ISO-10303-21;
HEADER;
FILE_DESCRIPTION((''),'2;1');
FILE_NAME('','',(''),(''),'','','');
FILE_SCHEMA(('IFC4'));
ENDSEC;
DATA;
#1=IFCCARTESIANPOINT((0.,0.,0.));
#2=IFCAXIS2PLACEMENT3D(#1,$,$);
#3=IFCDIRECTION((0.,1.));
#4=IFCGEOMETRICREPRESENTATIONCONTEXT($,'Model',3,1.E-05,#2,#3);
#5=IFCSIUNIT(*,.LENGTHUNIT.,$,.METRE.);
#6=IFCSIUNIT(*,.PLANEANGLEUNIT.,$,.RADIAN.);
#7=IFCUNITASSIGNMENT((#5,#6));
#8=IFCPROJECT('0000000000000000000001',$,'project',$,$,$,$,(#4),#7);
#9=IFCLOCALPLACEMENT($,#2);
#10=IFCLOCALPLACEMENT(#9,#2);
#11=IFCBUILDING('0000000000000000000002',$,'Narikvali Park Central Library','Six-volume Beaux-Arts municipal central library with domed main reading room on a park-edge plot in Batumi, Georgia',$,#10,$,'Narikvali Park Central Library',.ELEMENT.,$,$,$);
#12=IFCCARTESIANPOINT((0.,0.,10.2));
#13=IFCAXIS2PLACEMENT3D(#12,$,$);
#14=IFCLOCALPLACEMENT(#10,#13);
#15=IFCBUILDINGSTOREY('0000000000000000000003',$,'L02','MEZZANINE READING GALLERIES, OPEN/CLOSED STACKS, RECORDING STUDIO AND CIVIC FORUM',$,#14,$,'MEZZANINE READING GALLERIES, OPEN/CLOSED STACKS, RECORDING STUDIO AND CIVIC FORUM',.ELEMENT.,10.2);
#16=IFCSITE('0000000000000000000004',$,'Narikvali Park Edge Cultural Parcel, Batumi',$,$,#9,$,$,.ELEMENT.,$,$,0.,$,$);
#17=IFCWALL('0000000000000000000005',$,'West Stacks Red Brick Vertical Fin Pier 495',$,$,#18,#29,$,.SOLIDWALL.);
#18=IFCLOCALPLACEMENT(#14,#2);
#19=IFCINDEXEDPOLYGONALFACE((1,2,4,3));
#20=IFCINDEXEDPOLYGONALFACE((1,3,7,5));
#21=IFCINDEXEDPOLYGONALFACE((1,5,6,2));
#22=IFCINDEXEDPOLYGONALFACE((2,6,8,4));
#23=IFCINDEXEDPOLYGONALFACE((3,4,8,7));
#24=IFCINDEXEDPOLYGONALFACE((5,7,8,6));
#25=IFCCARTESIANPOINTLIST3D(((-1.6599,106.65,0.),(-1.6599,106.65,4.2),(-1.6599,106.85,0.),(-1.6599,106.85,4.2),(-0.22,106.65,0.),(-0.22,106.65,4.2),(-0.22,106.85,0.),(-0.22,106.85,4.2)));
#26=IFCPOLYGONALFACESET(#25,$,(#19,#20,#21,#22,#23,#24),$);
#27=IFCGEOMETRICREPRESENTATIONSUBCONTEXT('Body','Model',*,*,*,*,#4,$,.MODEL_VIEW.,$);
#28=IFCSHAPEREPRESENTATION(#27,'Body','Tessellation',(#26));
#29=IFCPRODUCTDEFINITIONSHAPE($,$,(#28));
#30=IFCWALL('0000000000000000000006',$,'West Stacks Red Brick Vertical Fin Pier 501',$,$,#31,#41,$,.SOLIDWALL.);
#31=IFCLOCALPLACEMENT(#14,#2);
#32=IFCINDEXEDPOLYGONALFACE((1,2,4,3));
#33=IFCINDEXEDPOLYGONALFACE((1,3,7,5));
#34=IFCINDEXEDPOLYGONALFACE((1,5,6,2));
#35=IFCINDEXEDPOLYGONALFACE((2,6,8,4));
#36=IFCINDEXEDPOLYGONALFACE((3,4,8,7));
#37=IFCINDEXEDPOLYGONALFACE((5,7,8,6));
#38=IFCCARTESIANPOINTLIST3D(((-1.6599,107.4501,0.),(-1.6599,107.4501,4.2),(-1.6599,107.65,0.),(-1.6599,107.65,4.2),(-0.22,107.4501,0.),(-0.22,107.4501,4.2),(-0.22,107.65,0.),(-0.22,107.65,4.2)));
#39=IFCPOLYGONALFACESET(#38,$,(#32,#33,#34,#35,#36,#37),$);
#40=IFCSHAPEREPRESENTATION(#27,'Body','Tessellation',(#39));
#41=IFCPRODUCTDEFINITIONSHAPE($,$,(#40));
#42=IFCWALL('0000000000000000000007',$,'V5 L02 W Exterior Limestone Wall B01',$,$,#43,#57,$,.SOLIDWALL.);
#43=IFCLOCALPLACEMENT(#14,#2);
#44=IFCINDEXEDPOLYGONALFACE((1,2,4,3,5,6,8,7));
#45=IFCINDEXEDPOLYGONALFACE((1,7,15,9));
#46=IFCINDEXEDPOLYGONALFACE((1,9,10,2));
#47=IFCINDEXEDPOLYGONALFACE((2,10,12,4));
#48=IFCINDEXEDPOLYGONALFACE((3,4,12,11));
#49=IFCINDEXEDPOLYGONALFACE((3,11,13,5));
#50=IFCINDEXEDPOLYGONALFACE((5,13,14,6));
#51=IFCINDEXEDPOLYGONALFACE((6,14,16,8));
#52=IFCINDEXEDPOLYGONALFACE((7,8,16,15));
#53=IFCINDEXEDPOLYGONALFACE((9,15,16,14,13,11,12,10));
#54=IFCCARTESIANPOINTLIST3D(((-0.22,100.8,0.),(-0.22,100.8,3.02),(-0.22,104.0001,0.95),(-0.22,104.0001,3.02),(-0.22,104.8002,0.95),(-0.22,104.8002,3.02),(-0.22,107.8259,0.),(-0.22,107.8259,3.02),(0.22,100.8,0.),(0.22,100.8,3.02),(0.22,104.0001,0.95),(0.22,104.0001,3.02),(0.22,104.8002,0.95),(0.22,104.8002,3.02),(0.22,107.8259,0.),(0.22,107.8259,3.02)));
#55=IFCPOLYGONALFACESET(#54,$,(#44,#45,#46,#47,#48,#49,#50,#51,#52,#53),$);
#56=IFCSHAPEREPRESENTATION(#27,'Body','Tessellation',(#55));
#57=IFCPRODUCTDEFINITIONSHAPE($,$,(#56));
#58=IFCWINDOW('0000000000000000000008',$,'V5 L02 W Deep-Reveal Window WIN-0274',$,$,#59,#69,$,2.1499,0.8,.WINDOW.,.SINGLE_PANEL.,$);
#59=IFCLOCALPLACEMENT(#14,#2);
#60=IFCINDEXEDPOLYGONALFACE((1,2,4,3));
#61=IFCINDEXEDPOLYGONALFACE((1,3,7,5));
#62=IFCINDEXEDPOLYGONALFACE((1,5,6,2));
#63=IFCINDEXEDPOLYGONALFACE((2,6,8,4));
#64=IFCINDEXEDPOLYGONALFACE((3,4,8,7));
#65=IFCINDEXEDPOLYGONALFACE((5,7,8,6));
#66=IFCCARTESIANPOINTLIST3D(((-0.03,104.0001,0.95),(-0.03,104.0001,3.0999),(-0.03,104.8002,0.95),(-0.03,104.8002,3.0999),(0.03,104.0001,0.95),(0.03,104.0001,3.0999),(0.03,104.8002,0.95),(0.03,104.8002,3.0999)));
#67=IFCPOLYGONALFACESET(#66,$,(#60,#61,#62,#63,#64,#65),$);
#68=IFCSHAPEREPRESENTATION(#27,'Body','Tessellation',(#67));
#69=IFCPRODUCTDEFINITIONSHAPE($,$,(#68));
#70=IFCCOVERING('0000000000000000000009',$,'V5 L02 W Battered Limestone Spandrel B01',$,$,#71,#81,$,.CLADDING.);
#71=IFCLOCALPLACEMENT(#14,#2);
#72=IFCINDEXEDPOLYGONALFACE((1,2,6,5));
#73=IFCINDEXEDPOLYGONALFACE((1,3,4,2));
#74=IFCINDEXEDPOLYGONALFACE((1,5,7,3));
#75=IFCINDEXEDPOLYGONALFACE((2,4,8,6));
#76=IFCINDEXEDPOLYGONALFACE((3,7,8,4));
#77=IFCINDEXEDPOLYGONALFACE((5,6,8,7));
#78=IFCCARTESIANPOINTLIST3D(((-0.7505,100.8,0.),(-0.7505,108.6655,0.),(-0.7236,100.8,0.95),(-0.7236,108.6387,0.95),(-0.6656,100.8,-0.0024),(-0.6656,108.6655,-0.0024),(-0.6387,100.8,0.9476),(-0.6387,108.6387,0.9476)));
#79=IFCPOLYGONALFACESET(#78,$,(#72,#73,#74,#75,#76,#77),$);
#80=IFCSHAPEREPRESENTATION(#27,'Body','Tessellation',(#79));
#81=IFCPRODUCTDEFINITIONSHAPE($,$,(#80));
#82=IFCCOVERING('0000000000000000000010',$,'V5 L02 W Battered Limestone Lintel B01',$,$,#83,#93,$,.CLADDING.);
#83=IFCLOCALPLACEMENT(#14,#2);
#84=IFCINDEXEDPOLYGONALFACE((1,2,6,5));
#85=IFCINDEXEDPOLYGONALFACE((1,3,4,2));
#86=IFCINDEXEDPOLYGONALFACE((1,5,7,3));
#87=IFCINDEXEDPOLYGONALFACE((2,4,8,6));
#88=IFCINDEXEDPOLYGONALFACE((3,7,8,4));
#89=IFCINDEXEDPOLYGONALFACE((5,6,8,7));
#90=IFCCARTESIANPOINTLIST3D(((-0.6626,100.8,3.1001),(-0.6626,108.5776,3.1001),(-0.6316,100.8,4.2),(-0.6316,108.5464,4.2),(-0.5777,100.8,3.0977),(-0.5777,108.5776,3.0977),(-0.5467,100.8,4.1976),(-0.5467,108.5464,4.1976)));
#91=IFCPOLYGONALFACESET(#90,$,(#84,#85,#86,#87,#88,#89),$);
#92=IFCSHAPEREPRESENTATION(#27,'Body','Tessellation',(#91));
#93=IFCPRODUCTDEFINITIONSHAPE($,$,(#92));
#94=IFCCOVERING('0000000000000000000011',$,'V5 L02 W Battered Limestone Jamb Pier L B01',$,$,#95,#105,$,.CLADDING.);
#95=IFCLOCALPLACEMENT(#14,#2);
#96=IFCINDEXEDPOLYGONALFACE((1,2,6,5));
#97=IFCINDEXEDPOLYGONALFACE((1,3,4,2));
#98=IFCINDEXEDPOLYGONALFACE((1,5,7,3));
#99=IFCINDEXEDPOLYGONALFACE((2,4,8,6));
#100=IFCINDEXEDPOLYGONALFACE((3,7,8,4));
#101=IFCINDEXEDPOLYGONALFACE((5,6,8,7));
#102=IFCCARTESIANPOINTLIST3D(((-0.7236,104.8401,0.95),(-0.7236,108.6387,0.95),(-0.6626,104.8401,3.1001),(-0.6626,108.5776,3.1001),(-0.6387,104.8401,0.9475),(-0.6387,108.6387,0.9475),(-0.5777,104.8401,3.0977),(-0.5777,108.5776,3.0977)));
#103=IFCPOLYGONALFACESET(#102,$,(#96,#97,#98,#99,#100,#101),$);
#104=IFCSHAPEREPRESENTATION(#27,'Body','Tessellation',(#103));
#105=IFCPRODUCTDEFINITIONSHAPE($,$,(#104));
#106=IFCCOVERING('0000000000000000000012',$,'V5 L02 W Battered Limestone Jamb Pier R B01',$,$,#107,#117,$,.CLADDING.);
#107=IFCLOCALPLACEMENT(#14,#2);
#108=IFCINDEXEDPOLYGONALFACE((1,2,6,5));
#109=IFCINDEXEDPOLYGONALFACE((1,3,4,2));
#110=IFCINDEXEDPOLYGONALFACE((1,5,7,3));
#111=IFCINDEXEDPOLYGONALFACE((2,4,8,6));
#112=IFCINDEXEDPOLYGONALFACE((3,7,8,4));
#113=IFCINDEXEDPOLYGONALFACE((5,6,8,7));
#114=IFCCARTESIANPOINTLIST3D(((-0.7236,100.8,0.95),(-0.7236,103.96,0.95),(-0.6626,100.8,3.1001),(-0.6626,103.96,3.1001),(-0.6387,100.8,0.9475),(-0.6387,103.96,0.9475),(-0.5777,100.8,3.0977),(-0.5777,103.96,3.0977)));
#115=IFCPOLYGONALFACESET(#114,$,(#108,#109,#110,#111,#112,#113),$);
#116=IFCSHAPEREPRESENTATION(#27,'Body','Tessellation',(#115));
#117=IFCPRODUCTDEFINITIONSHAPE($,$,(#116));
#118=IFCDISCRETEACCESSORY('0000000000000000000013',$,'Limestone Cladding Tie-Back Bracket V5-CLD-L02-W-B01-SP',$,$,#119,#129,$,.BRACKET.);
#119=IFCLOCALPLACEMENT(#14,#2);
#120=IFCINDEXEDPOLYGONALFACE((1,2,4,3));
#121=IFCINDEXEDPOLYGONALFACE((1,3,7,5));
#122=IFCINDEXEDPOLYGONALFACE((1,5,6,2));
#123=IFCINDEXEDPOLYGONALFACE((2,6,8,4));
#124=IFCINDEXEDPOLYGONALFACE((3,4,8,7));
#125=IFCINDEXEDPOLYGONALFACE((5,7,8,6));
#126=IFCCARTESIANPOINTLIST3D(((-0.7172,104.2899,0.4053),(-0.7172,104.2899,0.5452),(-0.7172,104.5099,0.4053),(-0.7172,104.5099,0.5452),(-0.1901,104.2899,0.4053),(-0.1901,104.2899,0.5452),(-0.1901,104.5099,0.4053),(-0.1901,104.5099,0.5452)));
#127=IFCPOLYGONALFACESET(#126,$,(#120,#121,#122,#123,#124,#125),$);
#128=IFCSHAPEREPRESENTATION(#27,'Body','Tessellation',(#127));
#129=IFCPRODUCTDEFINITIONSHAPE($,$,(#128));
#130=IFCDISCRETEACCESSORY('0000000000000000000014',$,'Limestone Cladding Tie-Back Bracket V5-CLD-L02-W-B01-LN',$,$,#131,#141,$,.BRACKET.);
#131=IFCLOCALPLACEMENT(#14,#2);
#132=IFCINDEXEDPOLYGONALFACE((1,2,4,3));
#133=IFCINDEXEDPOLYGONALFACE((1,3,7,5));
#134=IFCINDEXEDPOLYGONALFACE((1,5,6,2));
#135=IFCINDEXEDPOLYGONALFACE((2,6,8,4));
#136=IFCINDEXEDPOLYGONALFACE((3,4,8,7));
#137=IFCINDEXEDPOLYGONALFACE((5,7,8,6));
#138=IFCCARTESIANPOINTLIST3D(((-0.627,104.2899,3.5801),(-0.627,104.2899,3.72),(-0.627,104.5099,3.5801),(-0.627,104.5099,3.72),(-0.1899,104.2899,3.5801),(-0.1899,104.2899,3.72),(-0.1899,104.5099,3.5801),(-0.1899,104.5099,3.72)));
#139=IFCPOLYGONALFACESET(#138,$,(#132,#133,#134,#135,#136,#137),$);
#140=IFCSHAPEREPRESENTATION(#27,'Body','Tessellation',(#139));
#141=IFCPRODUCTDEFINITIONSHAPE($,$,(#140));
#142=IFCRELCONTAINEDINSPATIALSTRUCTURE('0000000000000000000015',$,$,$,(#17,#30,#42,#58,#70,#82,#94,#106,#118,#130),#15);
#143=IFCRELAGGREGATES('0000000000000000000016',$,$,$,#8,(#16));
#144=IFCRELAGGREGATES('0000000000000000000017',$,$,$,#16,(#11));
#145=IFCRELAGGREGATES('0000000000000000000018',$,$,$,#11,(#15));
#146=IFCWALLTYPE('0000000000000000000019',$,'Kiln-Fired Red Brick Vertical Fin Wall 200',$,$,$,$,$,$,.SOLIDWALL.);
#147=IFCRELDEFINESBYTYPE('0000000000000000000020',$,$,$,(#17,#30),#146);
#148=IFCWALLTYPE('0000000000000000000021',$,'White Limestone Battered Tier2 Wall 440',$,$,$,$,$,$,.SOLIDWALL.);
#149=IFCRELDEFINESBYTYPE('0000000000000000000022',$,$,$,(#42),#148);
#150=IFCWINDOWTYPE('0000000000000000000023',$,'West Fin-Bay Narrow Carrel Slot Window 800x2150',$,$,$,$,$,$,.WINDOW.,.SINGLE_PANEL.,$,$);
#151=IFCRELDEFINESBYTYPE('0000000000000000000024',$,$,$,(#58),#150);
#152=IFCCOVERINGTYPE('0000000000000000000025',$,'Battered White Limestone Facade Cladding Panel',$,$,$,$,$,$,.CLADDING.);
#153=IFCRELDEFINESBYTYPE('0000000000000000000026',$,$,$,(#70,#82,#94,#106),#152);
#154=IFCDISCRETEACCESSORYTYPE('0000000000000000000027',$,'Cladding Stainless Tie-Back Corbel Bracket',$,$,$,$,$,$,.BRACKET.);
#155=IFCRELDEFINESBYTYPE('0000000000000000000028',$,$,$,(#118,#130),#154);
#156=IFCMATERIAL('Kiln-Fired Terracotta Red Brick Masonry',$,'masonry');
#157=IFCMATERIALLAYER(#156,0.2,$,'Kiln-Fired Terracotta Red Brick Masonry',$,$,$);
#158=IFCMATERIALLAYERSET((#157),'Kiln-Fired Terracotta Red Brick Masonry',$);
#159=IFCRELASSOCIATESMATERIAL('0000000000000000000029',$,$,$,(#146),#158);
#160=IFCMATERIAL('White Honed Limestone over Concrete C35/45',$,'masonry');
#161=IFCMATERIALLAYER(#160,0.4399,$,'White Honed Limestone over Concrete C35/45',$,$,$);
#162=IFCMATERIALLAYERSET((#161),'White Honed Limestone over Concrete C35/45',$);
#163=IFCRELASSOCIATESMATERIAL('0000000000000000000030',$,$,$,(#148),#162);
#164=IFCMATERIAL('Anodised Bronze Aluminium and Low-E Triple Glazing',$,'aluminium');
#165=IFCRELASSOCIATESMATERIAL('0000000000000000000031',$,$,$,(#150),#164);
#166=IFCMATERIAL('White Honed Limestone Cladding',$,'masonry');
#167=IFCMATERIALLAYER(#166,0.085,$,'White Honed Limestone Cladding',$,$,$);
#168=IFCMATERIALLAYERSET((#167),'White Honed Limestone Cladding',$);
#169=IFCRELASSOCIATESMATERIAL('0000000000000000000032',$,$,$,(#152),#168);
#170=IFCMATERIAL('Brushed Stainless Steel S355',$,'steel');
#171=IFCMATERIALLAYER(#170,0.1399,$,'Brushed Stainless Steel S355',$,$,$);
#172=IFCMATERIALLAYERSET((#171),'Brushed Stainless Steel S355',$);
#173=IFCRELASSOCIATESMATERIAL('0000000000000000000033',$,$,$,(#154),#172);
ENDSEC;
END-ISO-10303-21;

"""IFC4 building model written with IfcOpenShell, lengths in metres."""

from ifc_helpers import new_model, si_unit, direction, frame, frame_2d, origin, origin_2d, place, context, subcontext, project, spatial, polyline, rectangle, outline, extrude, material, layer, layer_set, type_object, element, fill, save


model = new_model("IFC4")

# Units and contexts
model_context = context("Model", 3, precision=1e-05, world=origin(), true_north=direction((0.0, 1.0)))
body_context = subcontext(model_context, "Body", "Model", "MODEL_VIEW")
ifc_project = project(units=[si_unit("LENGTHUNIT", "METRE"), si_unit("PLANEANGLEUNIT", "RADIAN")], contexts=[model_context])

# Site, building, storey
site_placement = place(None, origin())
site = spatial("IfcSite", under=ifc_project, at=site_placement, Name="Narikvali Park Edge Cultural Parcel, Batumi", CompositionType="ELEMENT", RefElevation=0.0)
building_placement = place(site_placement, origin())
building = spatial("IfcBuilding", under=site, at=building_placement, Name="Narikvali Park Central Library", Description="Six-volume Beaux-Arts municipal central library with domed main reading room on a park-edge plot in Batumi, Georgia", LongName="Narikvali Park Central Library", CompositionType="ELEMENT")
storey_placement = place(building_placement, frame((0.0, 0.0, 10.2)))
storey = spatial("IfcBuildingStorey", under=building, at=storey_placement, Name="L02", Description="MEZZANINE READING GALLERIES, OPEN/CLOSED STACKS, RECORDING STUDIO AND CIVIC FORUM", LongName="MEZZANINE READING GALLERIES, OPEN/CLOSED STACKS, RECORDING STUDIO AND CIVIC FORUM", CompositionType="ELEMENT", Elevation=10.2)

# Walls
ifc_material_1 = material(Name="Kiln-Fired Terracotta Red Brick Masonry", Category="masonry")
ifc_layer_1 = layer(ifc_material_1, 0.2, Name="Kiln-Fired Terracotta Red Brick Masonry")
ifc_layer_set_1 = layer_set([ifc_layer_1], Name="Kiln-Fired Terracotta Red Brick Masonry")
wall_type_1 = type_object("IfcWallType", Name="Kiln-Fired Red Brick Vertical Fin Wall 200", PredefinedType="SOLIDWALL", material=ifc_layer_set_1)
for number, where, z_axis, x_axis, name in (
    (1, (-1.6599, 106.75, 0.0), (0.0, 0.0, 1.0), (1.0, 0.0, 0.0), "West Stacks Red Brick Vertical Fin Pier 495"),
    (2, (-1.6599, 107.55, 0.0), (0.0, 0.0, 1.0), (1.0, 0.0, 0.0), "West Stacks Red Brick Vertical Fin Pier 501"),
):
    element("IfcWall", number, at=place(storey_placement, frame(where, z_axis=z_axis, x_axis=x_axis)), inside=storey, type_object=wall_type_1, Name=name, PredefinedType="SOLIDWALL", context=body_context, shape_type="SweptSolid", body=[
        extrude(rectangle(XDim=1.4399, YDim=0.2, at=frame_2d((0.72, 0.0))), origin(), (0.0, 0.0, 1.0), 4.2),
    ])

# Wall, opening, window
ifc_material_2 = material(Name="White Honed Limestone over Concrete C35/45", Category="masonry")
ifc_layer_2 = layer(ifc_material_2, 0.4399, Name="White Honed Limestone over Concrete C35/45")
ifc_layer_set_2 = layer_set([ifc_layer_2], Name="White Honed Limestone over Concrete C35/45")
wall_type_2 = type_object("IfcWallType", Name="White Limestone Battered Tier2 Wall 440", PredefinedType="SOLIDWALL", material=ifc_layer_set_2)
wall_placement = place(storey_placement, frame((0.0, 107.8259, 0.0), z_axis=(0.0, 0.0, 1.0), x_axis=(0.0, -1.0, 0.0)))
wall = element("IfcWall", 3, at=wall_placement, inside=storey, type_object=wall_type_2, Name="V5 L02 W Exterior Limestone Wall B01", PredefinedType="SOLIDWALL", context=body_context, shape_type="SweptSolid", body=[
    extrude(rectangle(XDim=7.0259, YDim=0.4399, at=frame_2d((3.5129, 0.0))), origin(), (0.0, 0.0, 1.0), 3.02),
])
opening_placement = place(wall_placement, frame((3.0259, 0.0, 0.95)))
opening = element("IfcOpeningElement", 4, at=opening_placement, cuts=wall, PredefinedType="OPENING", context=body_context, shape_type="SweptSolid", body=[
    extrude(rectangle(XDim=0.8, YDim=2.1499, at=frame_2d((0.3999, 1.075))), frame((0.0, 0.2319, 0.0), z_axis=(0.0, -1.0, 0.0), x_axis=(1.0, 0.0, 0.0)), (0.0, 0.0, 1.0), 0.4639),
])
ifc_material_3 = material(Name="Anodised Bronze Aluminium and Low-E Triple Glazing", Category="aluminium")
window_type = type_object("IfcWindowType", Name="West Fin-Bay Narrow Carrel Slot Window 800x2150", PartitioningType="SINGLE_PANEL", PredefinedType="WINDOW", material=ifc_material_3)
window_placement = place(opening_placement, origin())
window = element("IfcWindow", 5, at=window_placement, inside=storey, type_object=window_type, Name="V5 L02 W Deep-Reveal Window WIN-0274", OverallHeight=2.1499, OverallWidth=0.8, PartitioningType="SINGLE_PANEL", PredefinedType="WINDOW", context=body_context, shape_type="SweptSolid", body=[
    extrude(rectangle(XDim=0.8, YDim=2.1499, at=frame_2d((0.3999, 1.075))), frame((0.0, 0.03, 0.0), z_axis=(0.0, -1.0, 0.0), x_axis=(1.0, 0.0, 0.0)), (0.0, 0.0, 1.0), 0.0601),
])
fill(opening, window)

# Coverings
ifc_material_4 = material(Name="White Honed Limestone Cladding", Category="masonry")
ifc_layer_3 = layer(ifc_material_4, 0.085, Name="White Honed Limestone Cladding")
ifc_layer_set_3 = layer_set([ifc_layer_3], Name="White Honed Limestone Cladding")
covering_type = type_object("IfcCoveringType", Name="Battered White Limestone Facade Cladding Panel", PredefinedType="CLADDING", material=ifc_layer_set_3)
covering_1_placement = place(storey_placement, frame((-0.7505, 108.6655, 0.0), z_axis=(-0.999601, 0.0, 0.028259), x_axis=(0.0, -1.0, 0.0)))
element("IfcCovering", 6, at=covering_1_placement, inside=storey, type_object=covering_type, Name="V5 L02 W Battered Limestone Spandrel B01", PredefinedType="CLADDING", context=body_context, shape_type="SweptSolid", body=[
    extrude(outline(polyline([(0.0, 0.0), (7.8655, 0.0), (7.8655, 0.9503), (0.0269, 0.9503), (0.0, 0.0)])), origin(), (0.0, 0.0, -1.0), 0.085),
])
covering_2_placement = place(storey_placement, frame((-0.6626, 108.5776, 3.1001), z_axis=(-0.999603, 0.0, 0.02818), x_axis=(0.0, -1.0, 0.0)))
element("IfcCovering", 7, at=covering_2_placement, inside=storey, type_object=covering_type, Name="V5 L02 W Battered Limestone Lintel B01", PredefinedType="CLADDING", context=body_context, shape_type="SweptSolid", body=[
    extrude(outline(polyline([(0.0, 0.0), (7.7776, 0.0), (7.7776, 1.1003), (0.0312, 1.1003), (0.0, 0.0)])), origin(), (0.0, 0.0, -1.0), 0.085),
])
covering_3_placement = place(storey_placement, frame((-0.7236, 108.6387, 0.95), z_axis=(-0.999597, 0.0, 0.028375), x_axis=(0.0, -1.0, 0.0)))
element("IfcCovering", 8, at=covering_3_placement, inside=storey, type_object=covering_type, Name="V5 L02 W Battered Limestone Jamb Pier L B01", PredefinedType="CLADDING", context=body_context, shape_type="SweptSolid", body=[
    extrude(outline(polyline([(0.0, 0.0), (3.7986, 0.0), (3.7986, 2.151), (0.061, 2.151), (0.0, 0.0)])), origin(), (0.0, 0.0, -1.0), 0.085),
])
covering_4_placement = place(storey_placement, frame((-0.7236, 103.96, 0.95), z_axis=(-0.999597, 0.0, 0.028375), x_axis=(0.0, -1.0, 0.0)))
element("IfcCovering", 9, at=covering_4_placement, inside=storey, type_object=covering_type, Name="V5 L02 W Battered Limestone Jamb Pier R B01", PredefinedType="CLADDING", context=body_context, shape_type="SweptSolid", body=[
    extrude(outline(polyline([(0.0, 0.0), (3.1599, 0.0), (3.1599, 2.151), (0.0, 2.151), (0.0, 0.0)])), origin(), (0.0, 0.0, -1.0), 0.085),
])

# Discrete accessories
ifc_material_5 = material(Name="Brushed Stainless Steel S355", Category="steel")
ifc_layer_4 = layer(ifc_material_5, 0.1399, Name="Brushed Stainless Steel S355")
ifc_layer_set_4 = layer_set([ifc_layer_4], Name="Brushed Stainless Steel S355")
discrete_accessory_type = type_object("IfcDiscreteAccessoryType", Name="Cladding Stainless Tie-Back Corbel Bracket", PredefinedType="BRACKET", material=ifc_layer_set_4)
discrete_accessory_1_placement = place(storey_placement, frame((-0.4536, 104.3999, 0.4053), z_axis=(0.0, 0.0, 1.0), x_axis=(1.0, 0.0, 0.0)))
element("IfcDiscreteAccessory", 10, at=discrete_accessory_1_placement, inside=storey, type_object=discrete_accessory_type, Name="Limestone Cladding Tie-Back Bracket V5-CLD-L02-W-B01-SP", PredefinedType="BRACKET", context=body_context, shape_type="SweptSolid", body=[
    extrude(rectangle(XDim=0.5271, YDim=0.22, at=origin_2d()), origin(), (0.0, 0.0, 1.0), 0.1399),
])
discrete_accessory_2_placement = place(storey_placement, frame((-0.4084, 104.3999, 3.5801), z_axis=(0.0, 0.0, 1.0), x_axis=(1.0, 0.0, 0.0)))
element("IfcDiscreteAccessory", 11, at=discrete_accessory_2_placement, inside=storey, type_object=discrete_accessory_type, Name="Limestone Cladding Tie-Back Bracket V5-CLD-L02-W-B01-LN", PredefinedType="BRACKET", context=body_context, shape_type="SweptSolid", body=[
    extrude(rectangle(XDim=0.437, YDim=0.22, at=origin_2d()), origin(), (0.0, 0.0, 1.0), 0.1399),
])

save(model, "model.ifc")
